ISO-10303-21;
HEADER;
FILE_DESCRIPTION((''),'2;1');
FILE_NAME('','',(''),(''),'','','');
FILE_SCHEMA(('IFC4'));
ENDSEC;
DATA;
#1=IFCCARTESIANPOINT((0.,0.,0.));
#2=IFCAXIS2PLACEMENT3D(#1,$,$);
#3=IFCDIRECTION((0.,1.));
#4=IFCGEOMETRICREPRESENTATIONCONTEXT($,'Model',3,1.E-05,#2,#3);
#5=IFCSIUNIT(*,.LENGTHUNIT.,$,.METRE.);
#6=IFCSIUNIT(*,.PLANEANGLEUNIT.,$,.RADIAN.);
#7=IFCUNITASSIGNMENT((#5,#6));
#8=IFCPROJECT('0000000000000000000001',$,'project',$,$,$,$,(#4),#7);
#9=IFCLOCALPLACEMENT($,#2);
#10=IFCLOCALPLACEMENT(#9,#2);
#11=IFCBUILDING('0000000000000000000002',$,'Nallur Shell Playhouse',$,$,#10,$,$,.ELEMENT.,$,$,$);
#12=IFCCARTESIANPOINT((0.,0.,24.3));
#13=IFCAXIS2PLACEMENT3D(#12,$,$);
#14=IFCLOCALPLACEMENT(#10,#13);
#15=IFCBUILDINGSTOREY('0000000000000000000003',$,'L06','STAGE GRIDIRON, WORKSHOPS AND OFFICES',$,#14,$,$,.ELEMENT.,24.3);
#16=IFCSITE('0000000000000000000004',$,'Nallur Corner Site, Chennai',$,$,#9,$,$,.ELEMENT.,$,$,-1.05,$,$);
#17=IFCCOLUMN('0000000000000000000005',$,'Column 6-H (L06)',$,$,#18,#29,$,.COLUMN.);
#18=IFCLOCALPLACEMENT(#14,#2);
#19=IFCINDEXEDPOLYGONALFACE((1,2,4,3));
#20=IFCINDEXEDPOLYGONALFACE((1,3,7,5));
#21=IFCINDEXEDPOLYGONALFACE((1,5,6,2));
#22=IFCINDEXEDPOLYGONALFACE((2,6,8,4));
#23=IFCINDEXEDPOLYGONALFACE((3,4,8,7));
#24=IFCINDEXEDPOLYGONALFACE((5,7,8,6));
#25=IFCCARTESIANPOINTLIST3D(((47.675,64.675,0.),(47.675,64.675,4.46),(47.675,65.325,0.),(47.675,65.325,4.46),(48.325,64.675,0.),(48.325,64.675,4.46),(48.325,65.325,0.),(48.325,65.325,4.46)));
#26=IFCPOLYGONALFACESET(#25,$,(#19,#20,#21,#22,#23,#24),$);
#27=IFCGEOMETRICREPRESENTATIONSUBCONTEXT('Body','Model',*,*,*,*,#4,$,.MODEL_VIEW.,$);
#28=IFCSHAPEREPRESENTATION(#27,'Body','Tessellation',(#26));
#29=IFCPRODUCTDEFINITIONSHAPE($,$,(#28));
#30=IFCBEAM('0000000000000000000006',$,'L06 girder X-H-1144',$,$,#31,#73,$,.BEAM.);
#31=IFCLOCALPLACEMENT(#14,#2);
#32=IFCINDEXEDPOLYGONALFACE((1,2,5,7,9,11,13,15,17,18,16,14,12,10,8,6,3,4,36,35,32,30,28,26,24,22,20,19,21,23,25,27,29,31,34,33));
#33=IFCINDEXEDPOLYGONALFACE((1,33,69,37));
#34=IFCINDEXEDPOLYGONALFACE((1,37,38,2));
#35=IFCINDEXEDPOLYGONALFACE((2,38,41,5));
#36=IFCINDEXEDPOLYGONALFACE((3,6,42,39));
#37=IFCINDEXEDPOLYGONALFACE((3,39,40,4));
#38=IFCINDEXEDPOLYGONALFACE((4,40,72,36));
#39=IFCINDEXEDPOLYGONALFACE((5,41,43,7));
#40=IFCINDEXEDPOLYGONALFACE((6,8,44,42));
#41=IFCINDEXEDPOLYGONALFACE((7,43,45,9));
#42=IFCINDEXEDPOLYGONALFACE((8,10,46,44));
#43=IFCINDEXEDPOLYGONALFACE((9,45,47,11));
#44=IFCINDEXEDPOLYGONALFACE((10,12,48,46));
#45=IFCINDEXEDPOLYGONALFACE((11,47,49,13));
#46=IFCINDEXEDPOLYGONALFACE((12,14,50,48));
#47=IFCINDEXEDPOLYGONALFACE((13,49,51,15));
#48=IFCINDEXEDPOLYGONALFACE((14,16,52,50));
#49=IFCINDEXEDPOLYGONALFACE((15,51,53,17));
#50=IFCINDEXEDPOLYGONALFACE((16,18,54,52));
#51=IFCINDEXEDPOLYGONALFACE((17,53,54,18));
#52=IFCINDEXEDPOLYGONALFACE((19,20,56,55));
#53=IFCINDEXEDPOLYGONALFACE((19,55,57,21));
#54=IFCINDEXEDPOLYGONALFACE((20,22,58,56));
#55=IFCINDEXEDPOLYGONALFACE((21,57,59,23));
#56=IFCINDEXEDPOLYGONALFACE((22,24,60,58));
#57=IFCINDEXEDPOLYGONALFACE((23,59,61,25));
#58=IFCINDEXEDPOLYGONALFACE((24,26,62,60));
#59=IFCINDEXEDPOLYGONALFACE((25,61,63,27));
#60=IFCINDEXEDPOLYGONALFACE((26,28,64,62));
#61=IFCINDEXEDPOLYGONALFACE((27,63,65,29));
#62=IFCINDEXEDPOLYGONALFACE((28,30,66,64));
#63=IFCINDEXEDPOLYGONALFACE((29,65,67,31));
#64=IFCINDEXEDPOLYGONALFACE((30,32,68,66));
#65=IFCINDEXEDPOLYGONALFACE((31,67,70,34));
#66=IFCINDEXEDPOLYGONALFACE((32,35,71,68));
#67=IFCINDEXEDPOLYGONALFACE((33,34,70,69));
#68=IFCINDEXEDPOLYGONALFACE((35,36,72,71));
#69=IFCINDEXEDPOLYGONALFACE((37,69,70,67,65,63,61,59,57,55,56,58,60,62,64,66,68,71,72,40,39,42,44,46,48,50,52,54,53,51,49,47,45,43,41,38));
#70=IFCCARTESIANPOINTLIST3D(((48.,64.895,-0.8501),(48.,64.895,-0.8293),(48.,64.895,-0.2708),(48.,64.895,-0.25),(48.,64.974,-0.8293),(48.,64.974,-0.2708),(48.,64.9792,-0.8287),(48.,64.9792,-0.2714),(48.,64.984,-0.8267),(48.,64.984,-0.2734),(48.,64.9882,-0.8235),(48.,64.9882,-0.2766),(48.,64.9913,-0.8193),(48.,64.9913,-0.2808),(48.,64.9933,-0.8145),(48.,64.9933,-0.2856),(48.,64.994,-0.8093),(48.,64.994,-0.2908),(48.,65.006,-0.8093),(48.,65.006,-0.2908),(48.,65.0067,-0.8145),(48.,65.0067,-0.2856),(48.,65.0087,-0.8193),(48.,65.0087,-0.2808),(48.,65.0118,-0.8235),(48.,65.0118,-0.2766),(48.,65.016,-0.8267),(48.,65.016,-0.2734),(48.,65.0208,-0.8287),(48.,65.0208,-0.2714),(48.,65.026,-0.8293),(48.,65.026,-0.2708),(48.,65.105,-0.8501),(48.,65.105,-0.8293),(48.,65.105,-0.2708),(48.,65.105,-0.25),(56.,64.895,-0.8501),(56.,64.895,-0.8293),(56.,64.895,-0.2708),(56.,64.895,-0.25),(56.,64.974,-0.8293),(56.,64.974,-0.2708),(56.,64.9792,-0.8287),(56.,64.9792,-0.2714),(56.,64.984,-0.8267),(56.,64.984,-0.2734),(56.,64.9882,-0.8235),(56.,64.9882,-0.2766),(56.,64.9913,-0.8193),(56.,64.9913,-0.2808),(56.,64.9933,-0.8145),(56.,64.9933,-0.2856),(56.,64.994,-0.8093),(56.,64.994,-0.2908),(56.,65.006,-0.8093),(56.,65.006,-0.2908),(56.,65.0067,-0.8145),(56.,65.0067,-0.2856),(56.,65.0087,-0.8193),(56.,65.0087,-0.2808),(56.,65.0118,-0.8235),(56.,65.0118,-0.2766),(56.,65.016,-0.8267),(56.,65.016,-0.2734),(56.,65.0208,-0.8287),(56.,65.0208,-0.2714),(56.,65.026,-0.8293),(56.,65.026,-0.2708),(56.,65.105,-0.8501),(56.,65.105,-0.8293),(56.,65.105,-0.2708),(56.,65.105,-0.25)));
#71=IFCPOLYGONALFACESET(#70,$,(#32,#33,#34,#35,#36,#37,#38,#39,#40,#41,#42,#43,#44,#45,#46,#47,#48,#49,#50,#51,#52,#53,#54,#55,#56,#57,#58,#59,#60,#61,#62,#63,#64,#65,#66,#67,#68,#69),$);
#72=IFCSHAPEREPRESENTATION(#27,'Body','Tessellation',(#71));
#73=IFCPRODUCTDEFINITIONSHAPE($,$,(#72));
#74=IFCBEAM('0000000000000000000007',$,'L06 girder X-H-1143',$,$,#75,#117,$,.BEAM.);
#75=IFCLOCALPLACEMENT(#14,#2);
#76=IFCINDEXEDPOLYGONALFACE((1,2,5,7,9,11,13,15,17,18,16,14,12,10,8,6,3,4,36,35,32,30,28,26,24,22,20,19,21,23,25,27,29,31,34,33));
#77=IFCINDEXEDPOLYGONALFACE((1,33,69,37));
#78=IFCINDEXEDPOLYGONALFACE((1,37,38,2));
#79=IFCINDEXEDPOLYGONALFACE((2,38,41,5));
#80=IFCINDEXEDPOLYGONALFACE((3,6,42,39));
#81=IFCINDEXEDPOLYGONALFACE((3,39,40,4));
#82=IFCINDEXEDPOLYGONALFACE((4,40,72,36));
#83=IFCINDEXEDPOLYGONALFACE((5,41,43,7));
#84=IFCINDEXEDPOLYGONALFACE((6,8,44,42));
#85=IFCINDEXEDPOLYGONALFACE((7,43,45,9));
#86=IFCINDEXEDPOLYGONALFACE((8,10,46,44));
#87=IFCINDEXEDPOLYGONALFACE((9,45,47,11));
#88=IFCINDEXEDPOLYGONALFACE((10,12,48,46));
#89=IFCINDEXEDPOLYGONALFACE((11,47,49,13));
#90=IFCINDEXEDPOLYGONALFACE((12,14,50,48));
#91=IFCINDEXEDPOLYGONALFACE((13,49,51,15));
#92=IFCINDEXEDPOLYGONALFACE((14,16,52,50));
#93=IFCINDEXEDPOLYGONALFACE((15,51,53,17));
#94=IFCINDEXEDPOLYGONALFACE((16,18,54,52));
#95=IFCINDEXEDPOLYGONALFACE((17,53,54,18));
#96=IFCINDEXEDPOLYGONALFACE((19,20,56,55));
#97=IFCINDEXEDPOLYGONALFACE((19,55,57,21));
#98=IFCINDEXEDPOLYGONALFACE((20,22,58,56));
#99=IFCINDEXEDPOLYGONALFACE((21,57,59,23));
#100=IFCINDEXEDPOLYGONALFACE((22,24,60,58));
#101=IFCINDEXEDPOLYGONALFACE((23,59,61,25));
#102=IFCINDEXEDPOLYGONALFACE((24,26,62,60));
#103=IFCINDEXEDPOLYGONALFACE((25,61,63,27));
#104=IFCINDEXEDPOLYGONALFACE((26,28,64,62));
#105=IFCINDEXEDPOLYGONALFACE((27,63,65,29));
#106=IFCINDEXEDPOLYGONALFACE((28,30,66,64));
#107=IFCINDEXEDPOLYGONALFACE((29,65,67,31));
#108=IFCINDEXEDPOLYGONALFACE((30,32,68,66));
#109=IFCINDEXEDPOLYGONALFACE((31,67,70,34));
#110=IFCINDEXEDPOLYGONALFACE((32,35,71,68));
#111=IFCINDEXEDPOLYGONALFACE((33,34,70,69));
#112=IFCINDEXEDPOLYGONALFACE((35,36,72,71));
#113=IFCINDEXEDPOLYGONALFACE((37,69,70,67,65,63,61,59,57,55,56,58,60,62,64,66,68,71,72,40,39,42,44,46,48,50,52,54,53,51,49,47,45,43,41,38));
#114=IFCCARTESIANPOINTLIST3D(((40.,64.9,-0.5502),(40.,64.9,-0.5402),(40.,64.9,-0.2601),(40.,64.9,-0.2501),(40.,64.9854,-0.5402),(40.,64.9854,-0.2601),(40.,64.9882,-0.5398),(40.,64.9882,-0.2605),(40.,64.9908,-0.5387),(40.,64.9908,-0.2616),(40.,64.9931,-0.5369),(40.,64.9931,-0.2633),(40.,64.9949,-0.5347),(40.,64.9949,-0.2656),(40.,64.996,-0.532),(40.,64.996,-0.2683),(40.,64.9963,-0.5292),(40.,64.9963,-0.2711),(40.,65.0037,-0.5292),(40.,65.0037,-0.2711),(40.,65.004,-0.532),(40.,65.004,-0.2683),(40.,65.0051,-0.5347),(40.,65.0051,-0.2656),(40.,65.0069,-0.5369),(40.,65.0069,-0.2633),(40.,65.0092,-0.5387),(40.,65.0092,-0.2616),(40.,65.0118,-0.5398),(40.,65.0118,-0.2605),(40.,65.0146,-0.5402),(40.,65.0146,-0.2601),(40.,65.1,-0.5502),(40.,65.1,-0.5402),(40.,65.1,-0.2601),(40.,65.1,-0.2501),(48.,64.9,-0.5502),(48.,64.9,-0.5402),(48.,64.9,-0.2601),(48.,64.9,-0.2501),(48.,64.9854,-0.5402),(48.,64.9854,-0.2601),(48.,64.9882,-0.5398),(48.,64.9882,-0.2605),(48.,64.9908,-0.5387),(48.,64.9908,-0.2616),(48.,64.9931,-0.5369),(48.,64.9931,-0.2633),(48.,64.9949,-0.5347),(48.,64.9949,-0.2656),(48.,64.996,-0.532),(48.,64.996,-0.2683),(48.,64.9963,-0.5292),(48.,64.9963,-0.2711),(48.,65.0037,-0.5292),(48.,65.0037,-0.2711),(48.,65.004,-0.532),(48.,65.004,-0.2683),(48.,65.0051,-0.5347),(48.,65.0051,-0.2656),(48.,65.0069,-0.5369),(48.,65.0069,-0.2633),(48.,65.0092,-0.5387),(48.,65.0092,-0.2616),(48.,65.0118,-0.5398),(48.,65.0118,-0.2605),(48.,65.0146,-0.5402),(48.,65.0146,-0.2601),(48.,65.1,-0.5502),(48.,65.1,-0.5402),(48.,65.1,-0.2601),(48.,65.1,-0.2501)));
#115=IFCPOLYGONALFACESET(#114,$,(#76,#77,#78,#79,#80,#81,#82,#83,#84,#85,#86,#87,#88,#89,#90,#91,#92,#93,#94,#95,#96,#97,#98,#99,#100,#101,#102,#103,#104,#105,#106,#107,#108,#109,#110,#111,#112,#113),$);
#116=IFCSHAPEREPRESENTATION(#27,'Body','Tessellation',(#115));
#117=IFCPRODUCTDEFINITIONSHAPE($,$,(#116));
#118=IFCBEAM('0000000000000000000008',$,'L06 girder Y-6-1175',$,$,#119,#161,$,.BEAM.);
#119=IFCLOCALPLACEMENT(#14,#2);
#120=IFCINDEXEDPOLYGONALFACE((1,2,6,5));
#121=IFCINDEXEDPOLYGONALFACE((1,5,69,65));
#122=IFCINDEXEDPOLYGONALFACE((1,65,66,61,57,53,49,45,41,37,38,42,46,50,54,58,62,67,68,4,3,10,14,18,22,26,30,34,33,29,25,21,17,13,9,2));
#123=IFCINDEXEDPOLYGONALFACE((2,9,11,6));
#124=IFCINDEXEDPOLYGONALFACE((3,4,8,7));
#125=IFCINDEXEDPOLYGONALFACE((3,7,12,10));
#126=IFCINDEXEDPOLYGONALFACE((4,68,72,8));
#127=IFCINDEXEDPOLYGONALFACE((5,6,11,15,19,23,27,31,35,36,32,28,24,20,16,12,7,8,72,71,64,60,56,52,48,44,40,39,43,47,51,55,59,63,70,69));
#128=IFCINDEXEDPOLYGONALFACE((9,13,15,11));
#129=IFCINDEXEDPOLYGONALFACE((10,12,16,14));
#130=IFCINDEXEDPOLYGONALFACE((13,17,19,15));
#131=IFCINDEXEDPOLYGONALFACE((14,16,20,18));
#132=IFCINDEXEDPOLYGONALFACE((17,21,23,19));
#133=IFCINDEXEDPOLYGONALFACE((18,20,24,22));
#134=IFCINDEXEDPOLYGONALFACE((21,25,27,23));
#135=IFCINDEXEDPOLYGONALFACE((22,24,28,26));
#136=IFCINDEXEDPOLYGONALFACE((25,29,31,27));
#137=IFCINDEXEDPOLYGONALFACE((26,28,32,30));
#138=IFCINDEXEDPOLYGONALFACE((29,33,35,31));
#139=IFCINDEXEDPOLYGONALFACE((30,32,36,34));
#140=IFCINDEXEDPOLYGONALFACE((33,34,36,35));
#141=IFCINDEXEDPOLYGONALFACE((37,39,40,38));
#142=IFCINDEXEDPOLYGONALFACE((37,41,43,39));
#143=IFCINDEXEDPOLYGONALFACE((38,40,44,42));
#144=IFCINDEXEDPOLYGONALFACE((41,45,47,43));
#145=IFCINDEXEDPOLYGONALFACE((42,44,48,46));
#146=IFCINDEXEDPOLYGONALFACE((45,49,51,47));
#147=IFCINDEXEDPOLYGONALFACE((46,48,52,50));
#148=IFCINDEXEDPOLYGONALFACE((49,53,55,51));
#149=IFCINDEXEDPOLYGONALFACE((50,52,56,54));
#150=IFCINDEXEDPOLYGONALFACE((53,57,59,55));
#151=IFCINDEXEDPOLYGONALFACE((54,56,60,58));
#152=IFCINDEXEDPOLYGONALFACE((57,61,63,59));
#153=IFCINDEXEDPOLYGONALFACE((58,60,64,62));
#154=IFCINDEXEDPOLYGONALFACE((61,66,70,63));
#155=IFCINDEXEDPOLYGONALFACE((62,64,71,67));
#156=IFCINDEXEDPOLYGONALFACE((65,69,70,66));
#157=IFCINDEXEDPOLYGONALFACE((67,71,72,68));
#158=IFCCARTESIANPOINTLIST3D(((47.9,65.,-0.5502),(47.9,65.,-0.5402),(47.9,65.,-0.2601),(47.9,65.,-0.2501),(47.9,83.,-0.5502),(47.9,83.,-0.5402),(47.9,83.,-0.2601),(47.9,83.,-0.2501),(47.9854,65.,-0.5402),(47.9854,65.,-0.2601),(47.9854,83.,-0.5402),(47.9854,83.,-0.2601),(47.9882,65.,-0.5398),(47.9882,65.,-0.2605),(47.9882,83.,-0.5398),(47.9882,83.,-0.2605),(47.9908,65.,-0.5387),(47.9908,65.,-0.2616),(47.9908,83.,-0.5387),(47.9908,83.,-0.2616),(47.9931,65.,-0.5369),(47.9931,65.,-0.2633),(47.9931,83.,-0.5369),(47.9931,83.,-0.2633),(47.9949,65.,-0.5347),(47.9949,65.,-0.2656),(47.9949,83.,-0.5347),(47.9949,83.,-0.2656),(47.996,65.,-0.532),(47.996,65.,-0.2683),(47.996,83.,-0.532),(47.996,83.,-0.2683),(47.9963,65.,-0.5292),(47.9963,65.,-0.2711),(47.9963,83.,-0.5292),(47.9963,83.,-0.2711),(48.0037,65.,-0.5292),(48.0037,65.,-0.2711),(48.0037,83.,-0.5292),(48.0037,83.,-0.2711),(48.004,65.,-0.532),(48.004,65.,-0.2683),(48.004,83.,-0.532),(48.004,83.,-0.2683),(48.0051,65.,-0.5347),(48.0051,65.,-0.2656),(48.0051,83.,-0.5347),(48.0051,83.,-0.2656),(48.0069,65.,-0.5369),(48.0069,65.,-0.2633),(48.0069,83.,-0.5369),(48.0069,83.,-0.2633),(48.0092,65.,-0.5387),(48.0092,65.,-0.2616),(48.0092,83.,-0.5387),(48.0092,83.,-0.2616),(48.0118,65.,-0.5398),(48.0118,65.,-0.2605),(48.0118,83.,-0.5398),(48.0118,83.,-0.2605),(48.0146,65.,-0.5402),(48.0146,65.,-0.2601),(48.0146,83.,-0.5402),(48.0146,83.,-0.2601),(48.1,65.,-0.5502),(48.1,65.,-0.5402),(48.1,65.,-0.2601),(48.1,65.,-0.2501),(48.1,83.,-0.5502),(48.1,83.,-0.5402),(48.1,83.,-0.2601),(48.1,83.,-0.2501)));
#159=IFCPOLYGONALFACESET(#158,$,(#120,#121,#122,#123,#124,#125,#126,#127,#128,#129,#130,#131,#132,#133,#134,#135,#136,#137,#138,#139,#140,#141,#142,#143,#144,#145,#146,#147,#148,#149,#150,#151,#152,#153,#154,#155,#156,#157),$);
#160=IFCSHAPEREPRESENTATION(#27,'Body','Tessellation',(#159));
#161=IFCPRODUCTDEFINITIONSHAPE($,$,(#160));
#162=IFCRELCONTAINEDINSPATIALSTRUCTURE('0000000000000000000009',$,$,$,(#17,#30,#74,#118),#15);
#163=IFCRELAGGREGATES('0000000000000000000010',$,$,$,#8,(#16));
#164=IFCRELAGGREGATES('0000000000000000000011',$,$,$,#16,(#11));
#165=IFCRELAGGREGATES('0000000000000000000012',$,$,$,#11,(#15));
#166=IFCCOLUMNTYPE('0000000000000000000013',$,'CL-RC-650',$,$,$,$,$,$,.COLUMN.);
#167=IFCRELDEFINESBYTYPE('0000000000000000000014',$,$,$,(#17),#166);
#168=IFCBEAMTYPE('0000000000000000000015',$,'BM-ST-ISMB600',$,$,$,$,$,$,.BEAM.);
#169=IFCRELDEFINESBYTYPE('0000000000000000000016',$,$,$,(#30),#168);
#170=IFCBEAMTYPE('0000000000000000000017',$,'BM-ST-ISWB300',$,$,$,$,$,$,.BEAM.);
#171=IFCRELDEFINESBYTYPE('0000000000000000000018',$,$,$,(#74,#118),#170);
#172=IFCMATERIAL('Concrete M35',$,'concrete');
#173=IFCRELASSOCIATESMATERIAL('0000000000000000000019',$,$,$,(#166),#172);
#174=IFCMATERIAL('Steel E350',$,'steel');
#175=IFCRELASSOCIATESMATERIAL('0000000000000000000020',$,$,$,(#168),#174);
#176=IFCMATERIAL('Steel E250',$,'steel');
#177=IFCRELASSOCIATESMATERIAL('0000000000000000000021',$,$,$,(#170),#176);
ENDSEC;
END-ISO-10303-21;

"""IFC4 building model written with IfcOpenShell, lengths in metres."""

from ifc_helpers import new_model, si_unit, direction, frame, origin, origin_2d, place, context, subcontext, project, spatial, rectangle, i_section, extrude, material, material_profile, profile_set, type_object, element, save


model = new_model("IFC4")

# Units and contexts
model_context = context("Model", 3, precision=1e-05, world=origin(), true_north=direction((0.0, 1.0)))
body_context = subcontext(model_context, "Body", "Model", "MODEL_VIEW")
ifc_project = project(units=[si_unit("LENGTHUNIT", "METRE"), si_unit("PLANEANGLEUNIT", "RADIAN")], contexts=[model_context])

# Site, building, storey
site_placement = place(None, origin())
site = spatial("IfcSite", under=ifc_project, at=site_placement, Name="Nallur Corner Site, Chennai", CompositionType="ELEMENT", RefElevation=-1.05)
building_placement = place(site_placement, origin())
building = spatial("IfcBuilding", under=site, at=building_placement, Name="Nallur Shell Playhouse", CompositionType="ELEMENT")
storey_placement = place(building_placement, frame((0.0, 0.0, 24.3)))
storey = spatial("IfcBuildingStorey", under=building, at=storey_placement, Name="L06", Description="STAGE GRIDIRON, WORKSHOPS AND OFFICES", CompositionType="ELEMENT", Elevation=24.3)

# Column
ifc_material_1 = material(Name="Concrete M35", Category="concrete")
ifc_material_profile_1 = material_profile(ifc_material_1, rectangle(XDim=0.6499, YDim=0.6499, at=origin_2d()), Name="RC 650x650")
ifc_profile_set_1 = profile_set([ifc_material_profile_1], Name="Concrete M35")
column_type = type_object("IfcColumnType", Name="CL-RC-650", PredefinedType="COLUMN", material=ifc_profile_set_1)
column_placement = place(storey_placement, frame((48.0, 65.0, 0.0), z_axis=(0.0, 0.0, 1.0), x_axis=(1.0, 0.0, 0.0)))
element("IfcColumn", 1, at=column_placement, inside=storey, type_object=column_type, Name="Column 6-H (L06)", PredefinedType="COLUMN", context=body_context, shape_type="SweptSolid", body=[
    extrude(rectangle(XDim=0.6499, YDim=0.6499, at=origin_2d()), origin(), (0.0, 0.0, 1.0), 4.46),
])

# Beams
ifc_material_2 = material(Name="Steel E350", Category="steel")
ifc_material_profile_2 = material_profile(ifc_material_2, i_section(OverallWidth=0.21, OverallDepth=0.6001, WebThickness=0.012, FlangeThickness=0.0208, FilletRadius=0.02, at=origin_2d()), Name="ISMB 600")
ifc_profile_set_2 = profile_set([ifc_material_profile_2], Name="Steel E350")
beam_type_1 = type_object("IfcBeamType", Name="BM-ST-ISMB600", PredefinedType="BEAM", material=ifc_profile_set_2)
beam_1_placement = place(storey_placement, frame((48.0, 65.0, -0.55), z_axis=(1.0, 0.0, 0.0), x_axis=(0.0, 1.0, 0.0)))
element("IfcBeam", 2, at=beam_1_placement, inside=storey, type_object=beam_type_1, Name="L06 girder X-H-1144", PredefinedType="BEAM", context=body_context, shape_type="SweptSolid", body=[
    extrude(i_section(OverallWidth=0.21, OverallDepth=0.6001, WebThickness=0.012, FlangeThickness=0.0208, FilletRadius=0.02, at=origin_2d()), origin(), (0.0, 0.0, 1.0), 8.0),
])
ifc_material_3 = material(Name="Steel E250", Category="steel")
ifc_material_profile_3 = material_profile(ifc_material_3, i_section(OverallWidth=0.2, OverallDepth=0.3, WebThickness=0.0073, FlangeThickness=0.01, FilletRadius=0.011, at=origin_2d()), Name="ISWB 300")
ifc_profile_set_3 = profile_set([ifc_material_profile_3], Name="Steel E250")
beam_type_2 = type_object("IfcBeamType", Name="BM-ST-ISWB300", PredefinedType="BEAM", material=ifc_profile_set_3)
beam_2_placement = place(storey_placement, frame((40.0, 65.0, -0.4001), z_axis=(1.0, 0.0, 0.0), x_axis=(0.0, 1.0, 0.0)))
element("IfcBeam", 3, at=beam_2_placement, inside=storey, type_object=beam_type_2, Name="L06 girder X-H-1143", PredefinedType="BEAM", context=body_context, shape_type="SweptSolid", body=[
    extrude(i_section(OverallWidth=0.2, OverallDepth=0.3, WebThickness=0.0073, FlangeThickness=0.01, FilletRadius=0.011, at=origin_2d()), origin(), (0.0, 0.0, 1.0), 8.0),
])
beam_3_placement = place(storey_placement, frame((48.0, 65.0, -0.4001), z_axis=(0.0, 1.0, 0.0), x_axis=(-1.0, 0.0, 0.0)))
element("IfcBeam", 4, at=beam_3_placement, inside=storey, type_object=beam_type_2, Name="L06 girder Y-6-1175", PredefinedType="BEAM", context=body_context, shape_type="SweptSolid", body=[
    extrude(i_section(OverallWidth=0.2, OverallDepth=0.3, WebThickness=0.0073, FlangeThickness=0.01, FilletRadius=0.011, at=origin_2d()), origin(), (0.0, 0.0, 1.0), 18.0),
])

save(model, "model.ifc")
